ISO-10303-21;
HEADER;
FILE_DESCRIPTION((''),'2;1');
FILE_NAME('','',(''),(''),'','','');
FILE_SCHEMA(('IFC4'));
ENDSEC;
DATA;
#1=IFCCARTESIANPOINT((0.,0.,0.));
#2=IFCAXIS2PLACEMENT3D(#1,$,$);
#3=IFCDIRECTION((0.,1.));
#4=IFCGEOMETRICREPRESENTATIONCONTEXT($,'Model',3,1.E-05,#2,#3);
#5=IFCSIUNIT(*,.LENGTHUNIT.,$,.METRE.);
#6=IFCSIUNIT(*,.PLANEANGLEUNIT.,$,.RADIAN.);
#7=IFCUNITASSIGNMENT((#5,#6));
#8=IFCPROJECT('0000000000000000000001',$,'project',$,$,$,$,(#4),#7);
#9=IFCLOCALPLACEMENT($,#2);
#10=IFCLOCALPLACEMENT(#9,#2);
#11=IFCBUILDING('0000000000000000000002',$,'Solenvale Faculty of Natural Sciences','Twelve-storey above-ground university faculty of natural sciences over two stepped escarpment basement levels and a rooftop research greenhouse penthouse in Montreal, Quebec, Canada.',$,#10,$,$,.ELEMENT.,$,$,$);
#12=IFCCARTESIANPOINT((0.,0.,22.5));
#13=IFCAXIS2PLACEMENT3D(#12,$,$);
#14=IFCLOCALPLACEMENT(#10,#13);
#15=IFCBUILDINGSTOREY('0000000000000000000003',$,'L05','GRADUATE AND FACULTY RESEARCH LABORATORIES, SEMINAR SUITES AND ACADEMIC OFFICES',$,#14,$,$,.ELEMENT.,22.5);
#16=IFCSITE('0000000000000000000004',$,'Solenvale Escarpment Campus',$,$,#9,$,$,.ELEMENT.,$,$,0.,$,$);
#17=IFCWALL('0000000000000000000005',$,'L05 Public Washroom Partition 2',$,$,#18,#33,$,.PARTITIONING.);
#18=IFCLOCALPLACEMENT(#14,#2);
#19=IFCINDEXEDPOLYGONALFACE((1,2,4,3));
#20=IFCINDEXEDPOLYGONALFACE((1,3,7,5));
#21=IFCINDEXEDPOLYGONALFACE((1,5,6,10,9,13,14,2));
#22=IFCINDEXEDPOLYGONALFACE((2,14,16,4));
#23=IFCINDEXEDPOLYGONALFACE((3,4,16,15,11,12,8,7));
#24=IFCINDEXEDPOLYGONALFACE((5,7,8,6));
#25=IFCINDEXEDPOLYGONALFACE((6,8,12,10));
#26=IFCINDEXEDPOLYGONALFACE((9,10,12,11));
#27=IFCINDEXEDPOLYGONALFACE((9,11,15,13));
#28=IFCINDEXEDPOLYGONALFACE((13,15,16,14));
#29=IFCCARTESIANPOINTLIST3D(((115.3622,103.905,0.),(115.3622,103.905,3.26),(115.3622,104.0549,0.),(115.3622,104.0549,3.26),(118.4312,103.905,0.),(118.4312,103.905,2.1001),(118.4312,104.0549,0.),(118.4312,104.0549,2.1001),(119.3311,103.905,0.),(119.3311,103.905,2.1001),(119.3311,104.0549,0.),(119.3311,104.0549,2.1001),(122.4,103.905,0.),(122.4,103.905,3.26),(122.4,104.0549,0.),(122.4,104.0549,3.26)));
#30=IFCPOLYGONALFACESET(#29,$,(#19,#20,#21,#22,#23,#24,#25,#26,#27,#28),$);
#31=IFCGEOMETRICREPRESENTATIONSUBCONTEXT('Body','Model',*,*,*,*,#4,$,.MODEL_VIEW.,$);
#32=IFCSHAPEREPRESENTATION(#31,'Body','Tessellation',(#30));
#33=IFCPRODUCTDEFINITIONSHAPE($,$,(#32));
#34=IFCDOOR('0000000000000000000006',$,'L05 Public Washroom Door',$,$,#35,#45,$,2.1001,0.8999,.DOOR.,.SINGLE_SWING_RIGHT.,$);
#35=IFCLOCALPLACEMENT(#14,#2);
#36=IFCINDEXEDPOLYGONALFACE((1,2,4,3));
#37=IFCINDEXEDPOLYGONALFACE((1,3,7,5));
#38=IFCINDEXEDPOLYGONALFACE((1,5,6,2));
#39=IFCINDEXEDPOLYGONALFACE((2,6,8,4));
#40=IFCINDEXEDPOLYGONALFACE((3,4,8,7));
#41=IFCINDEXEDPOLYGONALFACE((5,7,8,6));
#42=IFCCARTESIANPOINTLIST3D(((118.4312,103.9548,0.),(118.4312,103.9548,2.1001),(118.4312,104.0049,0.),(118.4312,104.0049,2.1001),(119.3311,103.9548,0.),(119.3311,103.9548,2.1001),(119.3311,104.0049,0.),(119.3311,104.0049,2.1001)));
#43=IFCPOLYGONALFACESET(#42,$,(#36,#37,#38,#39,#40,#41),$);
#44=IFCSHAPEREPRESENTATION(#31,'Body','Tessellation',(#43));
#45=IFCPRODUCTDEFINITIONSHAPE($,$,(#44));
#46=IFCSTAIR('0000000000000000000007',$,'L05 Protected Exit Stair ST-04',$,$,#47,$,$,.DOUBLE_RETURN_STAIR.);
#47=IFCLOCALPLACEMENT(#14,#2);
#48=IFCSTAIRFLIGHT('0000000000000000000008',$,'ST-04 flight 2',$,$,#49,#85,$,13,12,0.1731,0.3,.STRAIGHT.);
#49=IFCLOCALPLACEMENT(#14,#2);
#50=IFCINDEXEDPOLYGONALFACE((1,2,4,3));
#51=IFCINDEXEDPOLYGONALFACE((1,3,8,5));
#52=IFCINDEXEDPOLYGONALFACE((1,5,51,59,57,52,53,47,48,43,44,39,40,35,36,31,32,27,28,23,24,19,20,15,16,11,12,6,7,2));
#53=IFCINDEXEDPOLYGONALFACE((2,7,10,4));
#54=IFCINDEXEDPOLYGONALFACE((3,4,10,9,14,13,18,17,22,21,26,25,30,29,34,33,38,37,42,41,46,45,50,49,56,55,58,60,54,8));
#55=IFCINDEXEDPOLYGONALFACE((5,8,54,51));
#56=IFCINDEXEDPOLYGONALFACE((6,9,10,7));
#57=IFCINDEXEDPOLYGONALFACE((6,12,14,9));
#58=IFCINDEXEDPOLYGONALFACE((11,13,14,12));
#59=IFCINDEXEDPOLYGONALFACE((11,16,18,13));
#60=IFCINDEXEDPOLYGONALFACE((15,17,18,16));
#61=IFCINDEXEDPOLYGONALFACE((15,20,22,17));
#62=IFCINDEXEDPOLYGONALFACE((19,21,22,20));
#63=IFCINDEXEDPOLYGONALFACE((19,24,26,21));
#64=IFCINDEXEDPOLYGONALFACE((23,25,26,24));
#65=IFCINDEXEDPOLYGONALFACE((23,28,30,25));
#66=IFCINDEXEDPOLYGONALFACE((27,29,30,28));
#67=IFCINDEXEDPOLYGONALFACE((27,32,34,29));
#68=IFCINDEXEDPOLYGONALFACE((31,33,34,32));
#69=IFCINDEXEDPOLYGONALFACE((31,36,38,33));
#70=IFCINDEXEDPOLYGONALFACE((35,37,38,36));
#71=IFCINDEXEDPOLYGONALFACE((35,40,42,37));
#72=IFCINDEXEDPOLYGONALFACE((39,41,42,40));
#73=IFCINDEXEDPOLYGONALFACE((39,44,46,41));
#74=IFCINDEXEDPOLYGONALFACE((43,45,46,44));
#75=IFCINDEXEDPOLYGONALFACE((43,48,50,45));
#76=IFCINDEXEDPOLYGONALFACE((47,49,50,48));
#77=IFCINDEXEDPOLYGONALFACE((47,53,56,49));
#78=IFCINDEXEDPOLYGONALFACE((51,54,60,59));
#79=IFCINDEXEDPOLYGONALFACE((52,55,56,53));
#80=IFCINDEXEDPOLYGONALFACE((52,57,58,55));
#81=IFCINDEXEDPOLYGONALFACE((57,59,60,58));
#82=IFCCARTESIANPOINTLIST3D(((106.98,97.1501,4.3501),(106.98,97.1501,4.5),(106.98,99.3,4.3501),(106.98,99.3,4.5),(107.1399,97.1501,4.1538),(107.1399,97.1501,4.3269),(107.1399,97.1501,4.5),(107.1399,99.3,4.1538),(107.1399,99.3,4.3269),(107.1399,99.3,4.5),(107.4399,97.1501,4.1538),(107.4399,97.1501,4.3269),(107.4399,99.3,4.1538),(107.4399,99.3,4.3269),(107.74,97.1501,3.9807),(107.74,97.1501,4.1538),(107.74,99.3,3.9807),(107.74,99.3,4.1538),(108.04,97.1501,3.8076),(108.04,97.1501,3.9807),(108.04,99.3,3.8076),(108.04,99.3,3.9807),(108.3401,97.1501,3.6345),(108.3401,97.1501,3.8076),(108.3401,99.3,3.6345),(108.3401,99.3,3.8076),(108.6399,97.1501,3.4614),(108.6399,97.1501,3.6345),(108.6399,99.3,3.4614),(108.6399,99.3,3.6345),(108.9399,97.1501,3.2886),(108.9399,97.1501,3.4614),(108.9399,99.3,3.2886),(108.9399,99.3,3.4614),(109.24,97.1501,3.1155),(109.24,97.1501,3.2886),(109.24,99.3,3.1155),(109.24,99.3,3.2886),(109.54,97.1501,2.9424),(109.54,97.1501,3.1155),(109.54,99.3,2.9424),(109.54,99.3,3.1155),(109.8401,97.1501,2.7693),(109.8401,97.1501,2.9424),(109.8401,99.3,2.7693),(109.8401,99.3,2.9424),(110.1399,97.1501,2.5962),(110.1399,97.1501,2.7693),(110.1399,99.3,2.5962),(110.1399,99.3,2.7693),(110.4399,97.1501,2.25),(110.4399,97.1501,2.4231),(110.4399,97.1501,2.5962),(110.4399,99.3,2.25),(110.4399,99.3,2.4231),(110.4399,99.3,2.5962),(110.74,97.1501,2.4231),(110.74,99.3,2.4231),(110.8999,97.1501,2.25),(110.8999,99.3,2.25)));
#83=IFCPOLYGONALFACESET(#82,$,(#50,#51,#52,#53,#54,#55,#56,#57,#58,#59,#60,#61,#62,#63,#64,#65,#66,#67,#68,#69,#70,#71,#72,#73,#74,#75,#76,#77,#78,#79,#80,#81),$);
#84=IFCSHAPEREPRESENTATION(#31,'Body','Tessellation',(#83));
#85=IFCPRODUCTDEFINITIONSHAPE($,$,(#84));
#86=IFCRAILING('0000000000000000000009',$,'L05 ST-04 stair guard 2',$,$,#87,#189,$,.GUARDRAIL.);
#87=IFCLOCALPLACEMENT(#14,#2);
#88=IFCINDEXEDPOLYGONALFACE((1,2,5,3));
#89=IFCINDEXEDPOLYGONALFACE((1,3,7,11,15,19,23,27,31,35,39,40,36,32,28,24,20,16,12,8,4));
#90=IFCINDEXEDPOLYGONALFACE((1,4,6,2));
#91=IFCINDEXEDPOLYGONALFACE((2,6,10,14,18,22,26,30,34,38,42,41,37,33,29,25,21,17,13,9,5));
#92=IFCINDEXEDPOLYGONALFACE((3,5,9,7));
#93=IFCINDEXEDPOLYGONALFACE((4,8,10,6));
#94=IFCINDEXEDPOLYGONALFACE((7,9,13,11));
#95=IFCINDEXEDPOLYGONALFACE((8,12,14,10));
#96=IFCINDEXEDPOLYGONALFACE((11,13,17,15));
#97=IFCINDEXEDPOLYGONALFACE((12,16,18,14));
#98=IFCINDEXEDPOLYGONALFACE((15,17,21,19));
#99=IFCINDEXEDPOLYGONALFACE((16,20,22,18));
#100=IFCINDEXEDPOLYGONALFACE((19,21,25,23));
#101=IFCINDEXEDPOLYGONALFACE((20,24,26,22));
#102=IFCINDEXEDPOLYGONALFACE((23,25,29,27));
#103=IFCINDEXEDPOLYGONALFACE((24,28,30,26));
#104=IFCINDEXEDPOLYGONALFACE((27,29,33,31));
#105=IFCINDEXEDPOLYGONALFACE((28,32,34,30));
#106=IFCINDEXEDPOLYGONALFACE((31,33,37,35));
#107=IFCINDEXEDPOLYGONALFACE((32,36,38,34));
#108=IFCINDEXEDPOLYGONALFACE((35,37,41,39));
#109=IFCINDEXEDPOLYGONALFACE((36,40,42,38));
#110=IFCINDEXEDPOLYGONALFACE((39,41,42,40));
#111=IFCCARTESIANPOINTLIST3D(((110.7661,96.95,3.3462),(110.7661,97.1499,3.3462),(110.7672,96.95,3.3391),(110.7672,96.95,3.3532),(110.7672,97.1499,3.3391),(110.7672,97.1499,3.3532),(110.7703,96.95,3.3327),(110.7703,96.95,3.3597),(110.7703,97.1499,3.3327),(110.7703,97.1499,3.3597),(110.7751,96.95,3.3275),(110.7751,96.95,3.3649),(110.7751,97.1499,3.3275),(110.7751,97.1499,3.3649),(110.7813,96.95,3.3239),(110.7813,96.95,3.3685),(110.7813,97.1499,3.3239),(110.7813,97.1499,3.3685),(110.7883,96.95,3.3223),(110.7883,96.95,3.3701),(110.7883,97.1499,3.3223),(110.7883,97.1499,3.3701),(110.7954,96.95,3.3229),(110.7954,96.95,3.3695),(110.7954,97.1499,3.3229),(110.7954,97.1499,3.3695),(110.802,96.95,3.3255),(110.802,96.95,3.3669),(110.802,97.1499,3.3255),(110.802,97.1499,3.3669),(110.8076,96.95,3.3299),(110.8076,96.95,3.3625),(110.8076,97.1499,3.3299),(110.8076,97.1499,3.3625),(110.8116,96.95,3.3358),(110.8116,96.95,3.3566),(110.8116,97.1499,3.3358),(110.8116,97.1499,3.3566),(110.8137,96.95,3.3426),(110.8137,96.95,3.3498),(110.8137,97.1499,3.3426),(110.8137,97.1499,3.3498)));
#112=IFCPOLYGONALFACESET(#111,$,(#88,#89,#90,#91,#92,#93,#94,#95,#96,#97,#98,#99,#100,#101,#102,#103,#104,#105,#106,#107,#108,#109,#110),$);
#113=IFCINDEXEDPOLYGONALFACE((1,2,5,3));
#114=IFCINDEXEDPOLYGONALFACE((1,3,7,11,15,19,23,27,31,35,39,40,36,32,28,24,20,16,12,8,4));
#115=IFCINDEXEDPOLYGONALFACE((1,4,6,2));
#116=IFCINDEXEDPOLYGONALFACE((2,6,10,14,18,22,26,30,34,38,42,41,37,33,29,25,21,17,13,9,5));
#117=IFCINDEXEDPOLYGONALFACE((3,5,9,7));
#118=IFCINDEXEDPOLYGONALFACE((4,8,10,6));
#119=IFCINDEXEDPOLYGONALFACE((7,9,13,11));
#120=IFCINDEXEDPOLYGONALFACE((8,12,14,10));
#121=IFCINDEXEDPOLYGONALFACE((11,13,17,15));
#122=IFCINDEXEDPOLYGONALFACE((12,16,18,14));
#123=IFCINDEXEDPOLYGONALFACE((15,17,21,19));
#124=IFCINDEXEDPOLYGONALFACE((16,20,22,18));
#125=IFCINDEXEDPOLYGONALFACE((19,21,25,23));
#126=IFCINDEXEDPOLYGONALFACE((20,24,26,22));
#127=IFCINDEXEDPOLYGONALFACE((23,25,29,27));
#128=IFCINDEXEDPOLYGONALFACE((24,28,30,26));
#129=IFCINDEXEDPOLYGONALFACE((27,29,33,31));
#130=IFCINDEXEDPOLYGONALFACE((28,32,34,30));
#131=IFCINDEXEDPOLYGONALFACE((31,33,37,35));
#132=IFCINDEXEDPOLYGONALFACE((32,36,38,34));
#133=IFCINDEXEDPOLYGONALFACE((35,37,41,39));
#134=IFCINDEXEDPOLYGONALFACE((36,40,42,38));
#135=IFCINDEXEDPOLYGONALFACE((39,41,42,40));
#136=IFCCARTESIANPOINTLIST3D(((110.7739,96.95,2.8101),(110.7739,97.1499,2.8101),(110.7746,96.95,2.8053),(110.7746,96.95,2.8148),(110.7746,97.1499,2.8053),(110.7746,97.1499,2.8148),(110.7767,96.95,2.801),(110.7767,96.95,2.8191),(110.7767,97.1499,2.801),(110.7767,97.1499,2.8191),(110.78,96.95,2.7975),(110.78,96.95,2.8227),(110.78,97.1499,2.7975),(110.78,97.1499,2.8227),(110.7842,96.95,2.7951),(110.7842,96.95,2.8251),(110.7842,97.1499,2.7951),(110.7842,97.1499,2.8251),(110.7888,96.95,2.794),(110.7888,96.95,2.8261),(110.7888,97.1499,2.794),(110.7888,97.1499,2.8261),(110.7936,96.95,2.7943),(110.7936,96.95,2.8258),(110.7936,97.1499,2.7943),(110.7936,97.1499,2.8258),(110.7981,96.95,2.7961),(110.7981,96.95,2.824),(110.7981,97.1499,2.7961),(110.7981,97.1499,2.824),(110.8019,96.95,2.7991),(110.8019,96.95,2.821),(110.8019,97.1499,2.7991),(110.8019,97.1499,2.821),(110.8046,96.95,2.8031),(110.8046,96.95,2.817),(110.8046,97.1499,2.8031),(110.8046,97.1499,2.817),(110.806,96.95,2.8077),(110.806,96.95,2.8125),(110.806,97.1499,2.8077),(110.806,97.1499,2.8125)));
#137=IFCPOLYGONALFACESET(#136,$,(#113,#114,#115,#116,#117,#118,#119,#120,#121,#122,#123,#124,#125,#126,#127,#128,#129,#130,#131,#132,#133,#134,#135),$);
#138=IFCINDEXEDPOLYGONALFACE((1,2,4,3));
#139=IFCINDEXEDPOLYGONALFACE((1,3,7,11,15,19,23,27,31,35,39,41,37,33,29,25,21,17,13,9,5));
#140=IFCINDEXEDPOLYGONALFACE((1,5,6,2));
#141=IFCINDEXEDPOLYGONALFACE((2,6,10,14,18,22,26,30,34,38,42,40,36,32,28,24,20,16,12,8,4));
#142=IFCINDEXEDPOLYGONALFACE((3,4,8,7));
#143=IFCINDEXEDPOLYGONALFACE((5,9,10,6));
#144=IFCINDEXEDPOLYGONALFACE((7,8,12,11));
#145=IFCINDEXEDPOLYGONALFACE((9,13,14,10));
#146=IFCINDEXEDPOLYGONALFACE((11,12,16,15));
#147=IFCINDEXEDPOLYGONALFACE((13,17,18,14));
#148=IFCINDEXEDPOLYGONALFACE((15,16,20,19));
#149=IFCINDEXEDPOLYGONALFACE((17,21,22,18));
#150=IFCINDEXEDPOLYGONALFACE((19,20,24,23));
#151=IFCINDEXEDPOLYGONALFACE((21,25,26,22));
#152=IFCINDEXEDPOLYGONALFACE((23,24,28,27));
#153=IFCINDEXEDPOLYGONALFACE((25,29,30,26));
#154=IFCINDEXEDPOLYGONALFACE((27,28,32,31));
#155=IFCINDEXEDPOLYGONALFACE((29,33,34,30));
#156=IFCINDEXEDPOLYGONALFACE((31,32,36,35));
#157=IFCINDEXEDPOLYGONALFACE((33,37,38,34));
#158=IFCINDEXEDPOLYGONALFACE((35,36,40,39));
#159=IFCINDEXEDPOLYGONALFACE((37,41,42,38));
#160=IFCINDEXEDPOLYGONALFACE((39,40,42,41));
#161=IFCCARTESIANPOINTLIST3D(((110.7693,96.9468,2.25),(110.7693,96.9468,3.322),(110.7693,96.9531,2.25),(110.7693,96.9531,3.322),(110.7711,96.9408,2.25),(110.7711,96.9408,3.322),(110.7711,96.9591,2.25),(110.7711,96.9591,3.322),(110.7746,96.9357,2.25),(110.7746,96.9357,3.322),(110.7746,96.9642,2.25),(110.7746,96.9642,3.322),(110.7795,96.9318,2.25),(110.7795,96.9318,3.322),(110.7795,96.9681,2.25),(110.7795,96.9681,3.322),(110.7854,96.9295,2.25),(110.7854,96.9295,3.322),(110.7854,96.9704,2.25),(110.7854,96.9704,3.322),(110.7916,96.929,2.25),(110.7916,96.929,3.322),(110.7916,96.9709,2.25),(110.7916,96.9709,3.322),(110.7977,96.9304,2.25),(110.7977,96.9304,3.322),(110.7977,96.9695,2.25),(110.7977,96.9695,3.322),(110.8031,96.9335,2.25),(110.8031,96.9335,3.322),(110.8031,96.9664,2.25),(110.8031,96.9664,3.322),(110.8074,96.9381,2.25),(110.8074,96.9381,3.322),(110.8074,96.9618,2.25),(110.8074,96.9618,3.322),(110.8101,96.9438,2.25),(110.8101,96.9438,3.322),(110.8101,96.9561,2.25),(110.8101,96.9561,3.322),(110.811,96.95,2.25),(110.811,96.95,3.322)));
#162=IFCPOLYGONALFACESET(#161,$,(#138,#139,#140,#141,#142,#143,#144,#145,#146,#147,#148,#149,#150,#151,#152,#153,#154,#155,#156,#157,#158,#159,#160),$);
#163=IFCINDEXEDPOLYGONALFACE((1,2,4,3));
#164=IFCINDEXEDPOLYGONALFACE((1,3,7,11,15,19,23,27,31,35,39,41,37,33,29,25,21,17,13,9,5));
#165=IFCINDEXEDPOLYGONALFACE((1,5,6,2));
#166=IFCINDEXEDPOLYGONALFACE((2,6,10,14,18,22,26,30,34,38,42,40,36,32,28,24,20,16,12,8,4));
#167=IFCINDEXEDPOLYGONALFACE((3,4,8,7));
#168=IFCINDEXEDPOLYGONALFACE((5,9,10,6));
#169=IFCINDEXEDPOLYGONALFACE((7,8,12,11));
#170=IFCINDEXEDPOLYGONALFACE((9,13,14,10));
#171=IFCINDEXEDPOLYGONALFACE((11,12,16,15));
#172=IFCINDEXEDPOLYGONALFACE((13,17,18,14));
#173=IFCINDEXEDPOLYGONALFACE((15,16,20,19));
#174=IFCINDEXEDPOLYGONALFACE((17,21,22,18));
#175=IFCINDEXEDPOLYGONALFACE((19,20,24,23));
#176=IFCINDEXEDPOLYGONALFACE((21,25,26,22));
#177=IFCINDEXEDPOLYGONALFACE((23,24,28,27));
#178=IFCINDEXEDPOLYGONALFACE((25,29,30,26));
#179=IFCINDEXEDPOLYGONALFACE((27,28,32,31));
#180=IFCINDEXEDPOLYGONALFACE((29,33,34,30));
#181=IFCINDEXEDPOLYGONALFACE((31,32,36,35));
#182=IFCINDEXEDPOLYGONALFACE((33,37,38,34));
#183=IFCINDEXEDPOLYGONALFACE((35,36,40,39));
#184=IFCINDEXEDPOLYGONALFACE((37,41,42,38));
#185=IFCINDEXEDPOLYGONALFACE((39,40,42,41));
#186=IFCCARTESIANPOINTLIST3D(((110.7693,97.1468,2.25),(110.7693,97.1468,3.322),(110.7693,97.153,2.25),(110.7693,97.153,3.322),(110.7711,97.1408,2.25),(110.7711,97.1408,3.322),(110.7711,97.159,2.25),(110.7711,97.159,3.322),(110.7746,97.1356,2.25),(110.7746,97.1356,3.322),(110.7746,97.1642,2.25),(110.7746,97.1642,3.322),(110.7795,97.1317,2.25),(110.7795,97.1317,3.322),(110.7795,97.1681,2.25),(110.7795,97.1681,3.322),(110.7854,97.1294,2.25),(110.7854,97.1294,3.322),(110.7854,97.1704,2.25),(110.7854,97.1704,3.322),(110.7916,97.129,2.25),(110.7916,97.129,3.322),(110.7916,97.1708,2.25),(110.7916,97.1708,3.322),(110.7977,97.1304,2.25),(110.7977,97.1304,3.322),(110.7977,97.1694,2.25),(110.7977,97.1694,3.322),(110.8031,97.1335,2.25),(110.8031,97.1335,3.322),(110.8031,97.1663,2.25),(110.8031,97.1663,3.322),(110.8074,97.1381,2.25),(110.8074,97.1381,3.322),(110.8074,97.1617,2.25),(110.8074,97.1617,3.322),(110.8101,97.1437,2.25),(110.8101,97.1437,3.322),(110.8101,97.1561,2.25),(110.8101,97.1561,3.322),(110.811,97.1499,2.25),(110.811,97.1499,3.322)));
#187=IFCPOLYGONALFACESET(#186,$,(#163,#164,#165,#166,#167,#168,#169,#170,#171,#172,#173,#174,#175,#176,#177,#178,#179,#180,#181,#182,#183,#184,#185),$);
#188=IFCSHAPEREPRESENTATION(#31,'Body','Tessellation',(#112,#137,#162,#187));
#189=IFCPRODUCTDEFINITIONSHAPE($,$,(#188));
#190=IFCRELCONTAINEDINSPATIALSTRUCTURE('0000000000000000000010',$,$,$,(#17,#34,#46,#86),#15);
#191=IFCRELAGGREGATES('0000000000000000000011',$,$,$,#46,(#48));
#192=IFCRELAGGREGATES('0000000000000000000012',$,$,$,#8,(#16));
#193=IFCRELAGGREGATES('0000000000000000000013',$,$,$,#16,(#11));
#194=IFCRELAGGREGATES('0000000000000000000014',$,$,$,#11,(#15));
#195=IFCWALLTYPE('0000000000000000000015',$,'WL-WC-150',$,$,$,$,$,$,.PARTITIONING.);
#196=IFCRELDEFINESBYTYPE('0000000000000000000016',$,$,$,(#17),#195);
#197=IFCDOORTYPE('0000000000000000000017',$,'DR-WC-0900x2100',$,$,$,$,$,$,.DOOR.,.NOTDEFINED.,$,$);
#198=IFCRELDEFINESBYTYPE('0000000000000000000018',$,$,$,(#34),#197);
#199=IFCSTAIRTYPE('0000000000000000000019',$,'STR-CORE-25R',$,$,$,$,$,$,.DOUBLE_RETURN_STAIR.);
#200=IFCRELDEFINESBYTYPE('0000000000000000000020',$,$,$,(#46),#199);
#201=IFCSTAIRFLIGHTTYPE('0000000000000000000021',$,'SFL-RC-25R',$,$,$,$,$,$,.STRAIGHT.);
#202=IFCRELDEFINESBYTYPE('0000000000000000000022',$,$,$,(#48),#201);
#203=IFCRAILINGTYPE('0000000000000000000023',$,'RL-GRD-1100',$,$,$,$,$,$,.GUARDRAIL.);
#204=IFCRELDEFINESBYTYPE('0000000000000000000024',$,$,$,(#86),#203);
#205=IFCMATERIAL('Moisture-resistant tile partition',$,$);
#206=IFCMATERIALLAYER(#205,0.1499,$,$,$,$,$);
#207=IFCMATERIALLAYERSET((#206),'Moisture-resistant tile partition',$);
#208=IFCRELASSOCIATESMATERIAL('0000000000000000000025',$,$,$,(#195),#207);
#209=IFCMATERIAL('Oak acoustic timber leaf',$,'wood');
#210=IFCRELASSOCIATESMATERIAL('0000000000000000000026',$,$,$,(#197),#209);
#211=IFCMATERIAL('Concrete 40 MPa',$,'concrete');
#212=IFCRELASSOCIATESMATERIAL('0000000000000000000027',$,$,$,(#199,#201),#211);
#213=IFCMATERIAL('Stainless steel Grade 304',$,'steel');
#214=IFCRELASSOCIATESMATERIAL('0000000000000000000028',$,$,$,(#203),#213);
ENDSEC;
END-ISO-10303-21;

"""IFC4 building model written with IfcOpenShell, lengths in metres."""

from ifc_helpers import new_model, si_unit, direction, frame, frame_2d, origin, origin_2d, place, context, subcontext, project, spatial, polyline, rectangle, circle, outline, extrude, material, layer, layer_set, type_object, element, fill, aggregate, save


model = new_model("IFC4")

# Units and contexts
model_context = context("Model", 3, precision=1e-05, world=origin(), true_north=direction((0.0, 1.0)))
body_context = subcontext(model_context, "Body", "Model", "MODEL_VIEW")
ifc_project = project(units=[si_unit("LENGTHUNIT", "METRE"), si_unit("PLANEANGLEUNIT", "RADIAN")], contexts=[model_context])

# Site, building, storey
site_placement = place(None, origin())
site = spatial("IfcSite", under=ifc_project, at=site_placement, Name="Solenvale Escarpment Campus", CompositionType="ELEMENT", RefElevation=0.0)
building_placement = place(site_placement, origin())
building = spatial("IfcBuilding", under=site, at=building_placement, Name="Solenvale Faculty of Natural Sciences", Description="Twelve-storey above-ground university faculty of natural sciences over two stepped escarpment basement levels and a rooftop research greenhouse penthouse in Montreal, Quebec, Canada.", CompositionType="ELEMENT")
storey_placement = place(building_placement, frame((0.0, 0.0, 22.5)))
storey = spatial("IfcBuildingStorey", under=building, at=storey_placement, Name="L05", Description="GRADUATE AND FACULTY RESEARCH LABORATORIES, SEMINAR SUITES AND ACADEMIC OFFICES", CompositionType="ELEMENT", Elevation=22.5)

# Shared definitions
ifc_material_1 = material(Name="Concrete 40 MPa", Category="concrete")

# Shared definitions
ifc_material_2 = material(Name="Moisture-resistant tile partition")
ifc_layer_1 = layer(ifc_material_2, 0.1499)
ifc_layer_set_1 = layer_set([ifc_layer_1], Name="Moisture-resistant tile partition")
wall_type_1 = type_object("IfcWallType", Name="WL-WC-150", PredefinedType="PARTITIONING", material=ifc_layer_set_1)

# Wall, opening, door
wall_1_placement = place(storey_placement, frame((115.3621, 103.98, 0.0), z_axis=(0.0, 0.0, 1.0), x_axis=(1.0, 0.0, 0.0)))
wall_1 = element("IfcWall", 1, at=wall_1_placement, inside=storey, type_object=wall_type_1, Name="L05 Public Washroom Partition 2", PredefinedType="PARTITIONING", context=body_context, shape_type="SweptSolid", body=[
    extrude(rectangle(XDim=7.0378, YDim=0.1499, at=frame_2d((3.519, 0.0))), origin(), (0.0, 0.0, 1.0), 3.26),
])
opening_placement = place(wall_1_placement, frame((3.0691, 0.0, 0.0)))
opening = element("IfcOpeningElement", 2, at=opening_placement, cuts=wall_1, PredefinedType="OPENING", context=body_context, shape_type="SweptSolid", body=[
    extrude(rectangle(XDim=0.8999, YDim=2.1001, at=frame_2d((0.45, 1.05))), frame((0.0, 0.085, 0.0), z_axis=(0.0, -1.0, 0.0), x_axis=(1.0, 0.0, 0.0)), (0.0, 0.0, 1.0), 0.1699),
])
ifc_material_3 = material(Name="Oak acoustic timber leaf", Category="wood")
door_type = type_object("IfcDoorType", Name="DR-WC-0900x2100", OperationType="NOTDEFINED", PredefinedType="DOOR", material=ifc_material_3)
door_placement = place(opening_placement, origin())
door = element("IfcDoor", 3, at=door_placement, inside=storey, type_object=door_type, Name="L05 Public Washroom Door", OperationType="SINGLE_SWING_RIGHT", OverallHeight=2.1001, OverallWidth=0.8999, PredefinedType="DOOR", context=body_context, shape_type="SweptSolid", body=[
    extrude(rectangle(XDim=0.8999, YDim=2.1001, at=frame_2d((0.45, 1.05))), frame((0.0, 0.0249, 0.0), z_axis=(0.0, -1.0, 0.0), x_axis=(1.0, 0.0, 0.0)), (0.0, 0.0, 1.0), 0.05),
])
fill(opening, door)

# Stair, stair flight
stair_type = type_object("IfcStairType", Name="STR-CORE-25R", PredefinedType="DOUBLE_RETURN_STAIR", material=ifc_material_1)
stair_placement = place(storey_placement, origin())
stair = element("IfcStair", 4, at=stair_placement, inside=storey, type_object=stair_type, Name="L05 Protected Exit Stair ST-04", PredefinedType="DOUBLE_RETURN_STAIR")
stair_flight_type = type_object("IfcStairFlightType", Name="SFL-RC-25R", PredefinedType="STRAIGHT", material=ifc_material_1)
stair_flight_placement = place(storey_placement, frame((110.74, 98.2251, 2.25), z_axis=(0.0, 0.0, 1.0), x_axis=(-1.0, 0.0, 0.0)))
stair_flight = element("IfcStairFlight", 5, at=stair_flight_placement, type_object=stair_flight_type, Name="ST-04 flight 2", NumberOfRisers=13, NumberOfTreads=12, PredefinedType="STRAIGHT", RiserHeight=0.1731, TreadLength=0.3, context=body_context, shape_type="SweptSolid", body=[
    extrude(outline(polyline([(-0.1599, 0.0), (0.0, 0.1731), (0.3, 0.1731), (0.3, 0.3462), (0.6001, 0.3462), (0.6001, 0.5193), (0.8999, 0.5193), (0.8999, 0.6924), (1.2, 0.6924), (1.2, 0.8655), (1.5, 0.8655), (1.5, 1.0386), (1.8, 1.0386), (1.8, 1.2114), (2.1001, 1.2114), (2.1001, 1.3845), (2.3999, 1.3845), (2.3999, 1.5576), (2.7, 1.5576), (2.7, 1.7307), (3.0, 1.7307), (3.0, 1.9038), (3.3, 1.9038), (3.3, 2.0769), (3.6001, 2.0769), (3.6001, 2.25), (3.76, 2.25), (3.76, 2.1001), (3.6001, 1.9038), (0.3, 0.0), (-0.1599, 0.0)])), frame((0.0, 1.075, 0.0), z_axis=(0.0, -1.0, 0.0), x_axis=(1.0, 0.0, 0.0)), (0.0, 0.0, 1.0), 2.1499),
])
aggregate(stair, [stair_flight])

# Railing
ifc_material_4 = material(Name="Stainless steel Grade 304", Category="steel")
railing_type_1 = type_object("IfcRailingType", Name="RL-GRD-1100", PredefinedType="GUARDRAIL", material=ifc_material_4)
railing_1_placement = place(storey_placement, frame((110.79, 96.95, 2.25)))
element("IfcRailing", 6, at=railing_1_placement, inside=storey, type_object=railing_type_1, Name="L05 ST-04 stair guard 2", PredefinedType="GUARDRAIL", context=body_context, shape_type="SweptSolid", body=[
    extrude(circle(Radius=0.0239, at=origin_2d()), frame((0.0, 0.0, 1.0962), z_axis=(0.0, 1.0, 0.0), x_axis=(-1.0, 0.0, 0.0)), (0.0, 0.0, 1.0), 0.2),
    extrude(circle(Radius=0.0161, at=origin_2d()), frame((0.0, 0.0, 0.5601), z_axis=(0.0, 1.0, 0.0), x_axis=(-1.0, 0.0, 0.0)), (0.0, 0.0, 1.0), 0.2),
    extrude(circle(Radius=0.021, at=origin_2d()), origin(), (0.0, 0.0, 1.0), 1.072),
    extrude(circle(Radius=0.021, at=origin_2d()), frame((0.0, 0.2, 0.0)), (0.0, 0.0, 1.0), 1.072),
])

save(model, "model.ifc")
